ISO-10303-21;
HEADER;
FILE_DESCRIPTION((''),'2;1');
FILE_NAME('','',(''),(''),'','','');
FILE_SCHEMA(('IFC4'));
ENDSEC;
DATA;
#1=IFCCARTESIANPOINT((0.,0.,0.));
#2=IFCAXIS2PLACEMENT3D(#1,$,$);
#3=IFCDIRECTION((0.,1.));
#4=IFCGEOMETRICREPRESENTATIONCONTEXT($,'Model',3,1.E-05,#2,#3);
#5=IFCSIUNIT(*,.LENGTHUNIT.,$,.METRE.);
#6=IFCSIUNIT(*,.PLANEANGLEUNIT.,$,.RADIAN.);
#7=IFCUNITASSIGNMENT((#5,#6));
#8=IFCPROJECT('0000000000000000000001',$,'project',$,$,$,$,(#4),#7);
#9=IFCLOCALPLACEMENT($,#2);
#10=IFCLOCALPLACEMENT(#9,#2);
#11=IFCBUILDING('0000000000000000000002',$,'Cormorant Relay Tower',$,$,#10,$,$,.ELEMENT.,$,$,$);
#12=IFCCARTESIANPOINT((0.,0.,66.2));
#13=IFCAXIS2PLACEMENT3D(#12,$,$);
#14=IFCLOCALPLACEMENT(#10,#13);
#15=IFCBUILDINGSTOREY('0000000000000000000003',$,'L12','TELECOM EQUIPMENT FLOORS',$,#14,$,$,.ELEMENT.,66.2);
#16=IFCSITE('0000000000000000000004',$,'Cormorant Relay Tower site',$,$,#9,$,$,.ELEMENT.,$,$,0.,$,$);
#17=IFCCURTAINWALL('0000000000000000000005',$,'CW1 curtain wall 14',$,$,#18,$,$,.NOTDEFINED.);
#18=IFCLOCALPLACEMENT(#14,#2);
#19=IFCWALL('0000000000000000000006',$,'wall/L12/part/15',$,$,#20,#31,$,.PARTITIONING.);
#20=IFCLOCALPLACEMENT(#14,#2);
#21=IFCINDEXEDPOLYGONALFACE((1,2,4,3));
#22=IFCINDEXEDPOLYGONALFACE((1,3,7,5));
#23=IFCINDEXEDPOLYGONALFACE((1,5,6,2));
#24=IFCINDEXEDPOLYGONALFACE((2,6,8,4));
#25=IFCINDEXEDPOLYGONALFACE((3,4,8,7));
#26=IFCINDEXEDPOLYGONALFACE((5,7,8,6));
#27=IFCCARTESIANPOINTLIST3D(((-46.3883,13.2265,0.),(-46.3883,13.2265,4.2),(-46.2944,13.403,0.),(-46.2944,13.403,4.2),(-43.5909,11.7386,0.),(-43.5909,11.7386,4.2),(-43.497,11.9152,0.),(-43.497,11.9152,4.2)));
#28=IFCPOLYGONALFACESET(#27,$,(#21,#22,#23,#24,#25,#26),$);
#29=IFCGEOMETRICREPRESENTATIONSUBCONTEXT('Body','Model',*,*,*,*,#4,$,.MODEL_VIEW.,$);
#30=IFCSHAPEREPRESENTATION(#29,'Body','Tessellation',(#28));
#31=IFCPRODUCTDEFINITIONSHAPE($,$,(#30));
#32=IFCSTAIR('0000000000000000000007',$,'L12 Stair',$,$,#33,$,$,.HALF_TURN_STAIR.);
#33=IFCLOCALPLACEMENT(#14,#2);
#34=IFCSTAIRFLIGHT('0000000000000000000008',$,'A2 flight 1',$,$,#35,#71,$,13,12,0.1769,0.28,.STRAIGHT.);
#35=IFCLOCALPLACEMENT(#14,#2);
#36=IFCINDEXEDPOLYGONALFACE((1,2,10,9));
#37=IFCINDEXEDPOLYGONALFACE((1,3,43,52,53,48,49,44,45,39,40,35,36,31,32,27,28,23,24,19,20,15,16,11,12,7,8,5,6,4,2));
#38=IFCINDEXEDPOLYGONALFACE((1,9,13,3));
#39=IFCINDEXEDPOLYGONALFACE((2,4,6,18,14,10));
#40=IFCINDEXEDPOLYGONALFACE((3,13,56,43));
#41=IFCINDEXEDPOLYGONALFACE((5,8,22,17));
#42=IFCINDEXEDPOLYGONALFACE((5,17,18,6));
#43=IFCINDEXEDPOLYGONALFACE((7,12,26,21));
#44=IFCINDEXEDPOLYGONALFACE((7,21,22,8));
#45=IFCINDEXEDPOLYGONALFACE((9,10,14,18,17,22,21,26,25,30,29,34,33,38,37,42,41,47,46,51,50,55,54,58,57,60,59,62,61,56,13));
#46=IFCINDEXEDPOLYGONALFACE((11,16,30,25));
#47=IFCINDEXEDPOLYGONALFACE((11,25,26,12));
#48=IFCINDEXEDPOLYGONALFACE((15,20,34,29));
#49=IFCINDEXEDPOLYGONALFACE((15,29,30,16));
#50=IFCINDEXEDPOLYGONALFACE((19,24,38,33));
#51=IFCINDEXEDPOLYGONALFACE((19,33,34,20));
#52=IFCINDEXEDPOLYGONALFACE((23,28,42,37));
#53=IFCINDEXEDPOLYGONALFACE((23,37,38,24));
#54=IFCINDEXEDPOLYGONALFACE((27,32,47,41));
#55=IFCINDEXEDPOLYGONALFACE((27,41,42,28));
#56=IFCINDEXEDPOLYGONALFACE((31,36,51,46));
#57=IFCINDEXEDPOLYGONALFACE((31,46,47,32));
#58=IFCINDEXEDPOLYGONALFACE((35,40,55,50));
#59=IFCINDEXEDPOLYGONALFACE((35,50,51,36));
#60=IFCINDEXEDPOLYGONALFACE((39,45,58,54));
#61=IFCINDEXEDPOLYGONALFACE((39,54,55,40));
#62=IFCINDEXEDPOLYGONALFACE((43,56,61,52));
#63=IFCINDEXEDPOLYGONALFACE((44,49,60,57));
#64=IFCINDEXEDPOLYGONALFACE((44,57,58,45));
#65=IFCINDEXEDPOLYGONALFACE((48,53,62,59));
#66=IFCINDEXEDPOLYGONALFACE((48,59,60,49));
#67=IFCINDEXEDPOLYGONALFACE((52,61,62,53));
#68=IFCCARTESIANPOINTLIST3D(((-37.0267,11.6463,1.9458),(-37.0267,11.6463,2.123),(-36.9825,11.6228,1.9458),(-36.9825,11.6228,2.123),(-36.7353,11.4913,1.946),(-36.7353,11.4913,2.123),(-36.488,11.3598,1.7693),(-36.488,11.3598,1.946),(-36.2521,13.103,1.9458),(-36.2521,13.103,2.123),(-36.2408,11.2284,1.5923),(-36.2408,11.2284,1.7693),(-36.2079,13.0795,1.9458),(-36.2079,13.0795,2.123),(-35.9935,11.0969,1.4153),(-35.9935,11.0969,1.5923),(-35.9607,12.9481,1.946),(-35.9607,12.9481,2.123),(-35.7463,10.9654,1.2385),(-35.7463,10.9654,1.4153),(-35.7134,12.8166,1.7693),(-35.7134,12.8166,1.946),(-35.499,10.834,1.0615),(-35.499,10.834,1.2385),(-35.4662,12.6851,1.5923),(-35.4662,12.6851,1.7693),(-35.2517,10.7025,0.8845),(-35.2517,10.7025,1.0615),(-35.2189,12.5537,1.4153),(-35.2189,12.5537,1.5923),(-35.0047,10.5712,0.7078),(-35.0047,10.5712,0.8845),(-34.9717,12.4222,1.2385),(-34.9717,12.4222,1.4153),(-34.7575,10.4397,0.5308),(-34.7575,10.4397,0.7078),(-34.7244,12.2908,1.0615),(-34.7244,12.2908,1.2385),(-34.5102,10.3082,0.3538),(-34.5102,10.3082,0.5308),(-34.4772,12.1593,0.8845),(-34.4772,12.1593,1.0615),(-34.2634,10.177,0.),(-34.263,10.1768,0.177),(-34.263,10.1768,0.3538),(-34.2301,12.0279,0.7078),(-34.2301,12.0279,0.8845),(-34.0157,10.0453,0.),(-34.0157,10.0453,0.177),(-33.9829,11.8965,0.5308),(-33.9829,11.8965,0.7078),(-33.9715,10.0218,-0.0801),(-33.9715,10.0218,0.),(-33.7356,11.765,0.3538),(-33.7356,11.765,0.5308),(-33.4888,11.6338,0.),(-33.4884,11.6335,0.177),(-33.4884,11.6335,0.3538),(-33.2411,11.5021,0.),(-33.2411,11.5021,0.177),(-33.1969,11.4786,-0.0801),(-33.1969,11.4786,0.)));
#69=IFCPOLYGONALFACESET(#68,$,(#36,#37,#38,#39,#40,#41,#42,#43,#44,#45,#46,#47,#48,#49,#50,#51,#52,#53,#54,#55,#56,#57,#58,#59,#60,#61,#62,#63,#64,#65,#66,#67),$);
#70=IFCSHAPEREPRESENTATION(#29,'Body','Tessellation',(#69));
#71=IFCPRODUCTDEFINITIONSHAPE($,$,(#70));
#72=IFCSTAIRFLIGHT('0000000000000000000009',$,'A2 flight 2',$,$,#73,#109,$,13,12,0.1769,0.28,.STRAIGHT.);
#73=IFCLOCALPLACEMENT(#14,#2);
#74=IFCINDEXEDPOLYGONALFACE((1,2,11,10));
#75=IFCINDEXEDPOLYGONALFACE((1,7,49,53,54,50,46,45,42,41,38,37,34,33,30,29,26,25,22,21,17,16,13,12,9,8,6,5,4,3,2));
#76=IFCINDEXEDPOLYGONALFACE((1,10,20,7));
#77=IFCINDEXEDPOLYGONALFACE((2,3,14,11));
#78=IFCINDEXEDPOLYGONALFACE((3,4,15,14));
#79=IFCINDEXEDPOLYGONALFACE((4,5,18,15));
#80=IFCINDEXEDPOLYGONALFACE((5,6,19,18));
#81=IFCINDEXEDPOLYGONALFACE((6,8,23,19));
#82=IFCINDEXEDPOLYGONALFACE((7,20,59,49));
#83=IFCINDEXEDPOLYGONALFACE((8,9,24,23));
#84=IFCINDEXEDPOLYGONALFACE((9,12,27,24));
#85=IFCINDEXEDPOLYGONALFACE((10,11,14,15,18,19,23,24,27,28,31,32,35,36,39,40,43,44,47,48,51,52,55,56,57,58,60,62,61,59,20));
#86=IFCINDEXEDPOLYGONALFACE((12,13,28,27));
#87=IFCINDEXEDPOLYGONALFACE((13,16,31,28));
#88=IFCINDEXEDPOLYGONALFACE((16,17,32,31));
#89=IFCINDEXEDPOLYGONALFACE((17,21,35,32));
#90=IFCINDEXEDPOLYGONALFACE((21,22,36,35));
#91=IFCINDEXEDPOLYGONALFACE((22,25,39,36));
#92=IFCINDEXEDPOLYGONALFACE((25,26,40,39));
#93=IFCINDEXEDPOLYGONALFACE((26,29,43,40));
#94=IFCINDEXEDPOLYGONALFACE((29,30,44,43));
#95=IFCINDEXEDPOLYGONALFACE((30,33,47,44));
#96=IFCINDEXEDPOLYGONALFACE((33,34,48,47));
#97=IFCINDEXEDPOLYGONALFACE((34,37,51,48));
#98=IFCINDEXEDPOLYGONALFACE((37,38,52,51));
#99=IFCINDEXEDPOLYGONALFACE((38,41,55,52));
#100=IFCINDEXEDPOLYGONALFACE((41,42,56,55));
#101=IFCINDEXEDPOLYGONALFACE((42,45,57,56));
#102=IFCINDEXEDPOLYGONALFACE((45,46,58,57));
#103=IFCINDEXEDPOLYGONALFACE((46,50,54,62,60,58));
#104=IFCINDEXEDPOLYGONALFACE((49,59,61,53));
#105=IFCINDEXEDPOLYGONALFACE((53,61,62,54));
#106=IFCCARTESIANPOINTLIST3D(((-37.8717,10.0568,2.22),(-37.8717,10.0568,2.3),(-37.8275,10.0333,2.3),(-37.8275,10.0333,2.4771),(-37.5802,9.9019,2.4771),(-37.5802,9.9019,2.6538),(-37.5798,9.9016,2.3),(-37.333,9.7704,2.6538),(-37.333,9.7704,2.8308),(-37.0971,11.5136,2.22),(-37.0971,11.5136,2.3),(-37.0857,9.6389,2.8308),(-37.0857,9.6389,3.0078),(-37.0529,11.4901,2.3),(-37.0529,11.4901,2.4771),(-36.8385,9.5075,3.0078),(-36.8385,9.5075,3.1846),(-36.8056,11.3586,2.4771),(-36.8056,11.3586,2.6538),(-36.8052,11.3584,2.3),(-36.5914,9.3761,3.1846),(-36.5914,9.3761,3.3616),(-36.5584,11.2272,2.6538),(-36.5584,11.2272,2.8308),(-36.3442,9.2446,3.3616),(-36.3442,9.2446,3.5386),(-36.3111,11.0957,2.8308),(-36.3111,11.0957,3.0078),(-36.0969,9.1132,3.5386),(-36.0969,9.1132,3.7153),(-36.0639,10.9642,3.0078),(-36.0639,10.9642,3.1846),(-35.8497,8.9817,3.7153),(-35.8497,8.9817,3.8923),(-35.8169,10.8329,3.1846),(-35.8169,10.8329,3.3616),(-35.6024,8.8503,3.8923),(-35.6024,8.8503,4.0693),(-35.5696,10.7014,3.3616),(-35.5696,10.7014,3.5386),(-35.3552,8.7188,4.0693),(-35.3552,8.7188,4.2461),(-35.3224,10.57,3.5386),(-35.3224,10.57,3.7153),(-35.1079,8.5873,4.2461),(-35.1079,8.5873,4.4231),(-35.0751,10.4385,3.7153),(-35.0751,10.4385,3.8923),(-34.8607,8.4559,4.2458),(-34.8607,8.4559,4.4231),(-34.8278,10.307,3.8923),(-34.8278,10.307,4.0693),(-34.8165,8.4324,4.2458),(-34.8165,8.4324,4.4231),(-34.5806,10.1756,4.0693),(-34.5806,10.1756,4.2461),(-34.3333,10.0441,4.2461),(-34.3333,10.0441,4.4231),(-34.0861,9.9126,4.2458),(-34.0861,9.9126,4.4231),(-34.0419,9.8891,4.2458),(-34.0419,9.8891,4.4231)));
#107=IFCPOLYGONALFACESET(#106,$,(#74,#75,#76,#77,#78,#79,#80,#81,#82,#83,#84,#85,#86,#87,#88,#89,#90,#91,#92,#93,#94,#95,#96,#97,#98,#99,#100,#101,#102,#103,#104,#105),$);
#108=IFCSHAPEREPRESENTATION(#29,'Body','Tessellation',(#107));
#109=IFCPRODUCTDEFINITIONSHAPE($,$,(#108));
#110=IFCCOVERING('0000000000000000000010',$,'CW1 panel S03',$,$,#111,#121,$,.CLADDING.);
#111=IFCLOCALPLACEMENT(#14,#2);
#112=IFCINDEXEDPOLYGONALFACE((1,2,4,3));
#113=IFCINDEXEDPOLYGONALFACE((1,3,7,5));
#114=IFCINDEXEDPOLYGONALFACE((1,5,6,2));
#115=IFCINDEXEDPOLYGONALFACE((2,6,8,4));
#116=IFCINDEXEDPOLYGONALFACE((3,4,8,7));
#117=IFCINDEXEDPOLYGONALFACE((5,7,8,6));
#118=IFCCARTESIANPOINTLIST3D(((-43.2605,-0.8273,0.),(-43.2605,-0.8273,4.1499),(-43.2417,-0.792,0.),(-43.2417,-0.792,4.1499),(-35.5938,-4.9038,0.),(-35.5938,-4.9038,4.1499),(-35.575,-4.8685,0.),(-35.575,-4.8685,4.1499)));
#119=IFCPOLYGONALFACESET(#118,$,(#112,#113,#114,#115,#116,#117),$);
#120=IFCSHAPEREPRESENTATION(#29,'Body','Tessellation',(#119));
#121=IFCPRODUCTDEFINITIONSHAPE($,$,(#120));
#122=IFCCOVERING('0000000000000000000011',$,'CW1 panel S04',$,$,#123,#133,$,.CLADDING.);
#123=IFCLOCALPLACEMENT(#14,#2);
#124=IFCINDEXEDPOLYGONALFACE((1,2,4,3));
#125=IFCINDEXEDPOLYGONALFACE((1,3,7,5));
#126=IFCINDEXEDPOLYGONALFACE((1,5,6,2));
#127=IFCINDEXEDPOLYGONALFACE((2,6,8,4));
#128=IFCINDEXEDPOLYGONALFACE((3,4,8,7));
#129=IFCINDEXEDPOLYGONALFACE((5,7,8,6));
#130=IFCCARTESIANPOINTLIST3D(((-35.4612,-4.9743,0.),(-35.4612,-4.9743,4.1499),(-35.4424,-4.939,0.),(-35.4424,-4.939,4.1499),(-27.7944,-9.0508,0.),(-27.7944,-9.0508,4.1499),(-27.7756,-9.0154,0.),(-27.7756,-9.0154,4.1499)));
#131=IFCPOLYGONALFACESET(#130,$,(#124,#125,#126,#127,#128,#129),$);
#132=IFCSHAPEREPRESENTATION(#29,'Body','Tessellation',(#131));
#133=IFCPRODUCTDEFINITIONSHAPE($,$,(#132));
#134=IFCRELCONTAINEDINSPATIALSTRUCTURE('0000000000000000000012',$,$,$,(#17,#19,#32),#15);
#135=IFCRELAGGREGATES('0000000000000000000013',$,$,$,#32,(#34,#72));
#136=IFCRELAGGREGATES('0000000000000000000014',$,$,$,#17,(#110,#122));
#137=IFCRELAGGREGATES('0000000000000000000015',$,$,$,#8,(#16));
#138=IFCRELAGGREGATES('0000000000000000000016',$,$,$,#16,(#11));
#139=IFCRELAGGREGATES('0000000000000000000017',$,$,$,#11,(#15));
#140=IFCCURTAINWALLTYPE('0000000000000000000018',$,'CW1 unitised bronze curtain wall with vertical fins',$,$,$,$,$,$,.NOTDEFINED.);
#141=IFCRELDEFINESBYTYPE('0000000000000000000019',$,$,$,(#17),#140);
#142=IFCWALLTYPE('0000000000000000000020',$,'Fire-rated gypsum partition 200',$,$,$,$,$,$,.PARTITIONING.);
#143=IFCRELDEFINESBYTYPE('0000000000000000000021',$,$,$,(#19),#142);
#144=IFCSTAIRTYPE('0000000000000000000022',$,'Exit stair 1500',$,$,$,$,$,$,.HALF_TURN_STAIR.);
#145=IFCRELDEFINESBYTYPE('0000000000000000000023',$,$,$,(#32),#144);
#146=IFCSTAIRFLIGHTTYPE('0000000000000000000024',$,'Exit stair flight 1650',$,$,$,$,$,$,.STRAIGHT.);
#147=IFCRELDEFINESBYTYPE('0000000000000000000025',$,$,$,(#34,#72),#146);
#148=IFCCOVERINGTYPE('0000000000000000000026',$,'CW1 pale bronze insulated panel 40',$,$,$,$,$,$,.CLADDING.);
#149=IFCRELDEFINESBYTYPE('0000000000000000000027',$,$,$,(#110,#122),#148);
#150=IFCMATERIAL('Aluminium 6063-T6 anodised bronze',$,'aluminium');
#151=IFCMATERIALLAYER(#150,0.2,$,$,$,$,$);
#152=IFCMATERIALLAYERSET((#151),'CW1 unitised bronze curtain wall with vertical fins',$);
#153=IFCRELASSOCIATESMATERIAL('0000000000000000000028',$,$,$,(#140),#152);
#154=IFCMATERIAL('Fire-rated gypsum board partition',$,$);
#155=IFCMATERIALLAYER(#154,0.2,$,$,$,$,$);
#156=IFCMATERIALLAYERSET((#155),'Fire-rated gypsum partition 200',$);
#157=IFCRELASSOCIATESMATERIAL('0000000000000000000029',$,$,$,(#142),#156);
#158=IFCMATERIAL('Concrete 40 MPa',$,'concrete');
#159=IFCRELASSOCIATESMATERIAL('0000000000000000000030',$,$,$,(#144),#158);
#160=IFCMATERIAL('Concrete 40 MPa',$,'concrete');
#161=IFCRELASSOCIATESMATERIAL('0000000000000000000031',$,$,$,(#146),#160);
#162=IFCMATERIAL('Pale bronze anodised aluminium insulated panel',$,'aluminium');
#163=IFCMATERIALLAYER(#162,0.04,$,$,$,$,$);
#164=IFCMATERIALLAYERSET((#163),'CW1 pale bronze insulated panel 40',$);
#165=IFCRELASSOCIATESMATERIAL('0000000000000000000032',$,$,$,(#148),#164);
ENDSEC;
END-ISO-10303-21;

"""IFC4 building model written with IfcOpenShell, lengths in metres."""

from ifc_helpers import new_model, si_unit, direction, frame, frame_2d, origin, origin_2d, place, context, subcontext, project, spatial, polyline, rectangle, outline, extrude, material, layer, layer_set, type_object, element, aggregate, save


model = new_model("IFC4")

# Units and contexts
model_context = context("Model", 3, precision=1e-05, world=origin(), true_north=direction((0.0, 1.0)))
body_context = subcontext(model_context, "Body", "Model", "MODEL_VIEW")
ifc_project = project(units=[si_unit("LENGTHUNIT", "METRE"), si_unit("PLANEANGLEUNIT", "RADIAN")], contexts=[model_context])

# Site, building, storey
site_placement = place(None, origin())
site = spatial("IfcSite", under=ifc_project, at=site_placement, Name="Cormorant Relay Tower site", CompositionType="ELEMENT", RefElevation=0.0)
building_placement = place(site_placement, origin())
building = spatial("IfcBuilding", under=site, at=building_placement, Name="Cormorant Relay Tower", CompositionType="ELEMENT")
storey_placement = place(building_placement, frame((0.0, 0.0, 66.2)))
storey = spatial("IfcBuildingStorey", under=building, at=storey_placement, Name="L12", Description="TELECOM EQUIPMENT FLOORS", CompositionType="ELEMENT", Elevation=66.2)

# Curtain wall
ifc_material_1 = material(Name="Aluminium 6063-T6 anodised bronze", Category="aluminium")
ifc_layer_1 = layer(ifc_material_1, 0.2)
ifc_layer_set_1 = layer_set([ifc_layer_1], Name="CW1 unitised bronze curtain wall with vertical fins")
curtain_wall_type = type_object("IfcCurtainWallType", Name="CW1 unitised bronze curtain wall with vertical fins", PredefinedType="NOTDEFINED", material=ifc_layer_set_1)
curtain_wall_placement = place(storey_placement, origin())
curtain_wall = element("IfcCurtainWall", 1, at=curtain_wall_placement, inside=storey, type_object=curtain_wall_type, Name="CW1 curtain wall 14", PredefinedType="NOTDEFINED")

# Wall
ifc_material_2 = material(Name="Fire-rated gypsum board partition")
ifc_layer_2 = layer(ifc_material_2, 0.2)
ifc_layer_set_2 = layer_set([ifc_layer_2], Name="Fire-rated gypsum partition 200")
wall_type_1 = type_object("IfcWallType", Name="Fire-rated gypsum partition 200", PredefinedType="PARTITIONING", material=ifc_layer_set_2)
wall_1_placement = place(storey_placement, frame((-43.5439, 11.8269, 0.0), z_axis=(0.0, 0.0, 1.0), x_axis=(-0.882894, 0.469572, 0.0)))
element("IfcWall", 2, at=wall_1_placement, inside=storey, type_object=wall_type_1, Name="wall/L12/part/15", PredefinedType="PARTITIONING", context=body_context, shape_type="SweptSolid", body=[
    extrude(rectangle(XDim=3.1685, YDim=0.2, at=frame_2d((1.5842, 0.0))), origin(), (0.0, 0.0, 1.0), 4.2),
])

# Stair, stair flights
ifc_material_3 = material(Name="Concrete 40 MPa", Category="concrete")
stair_type = type_object("IfcStairType", Name="Exit stair 1500", PredefinedType="HALF_TURN_STAIR", material=ifc_material_3)
stair_placement = place(storey_placement, origin())
stair = element("IfcStair", 3, at=stair_placement, inside=storey, type_object=stair_type, Name="L12 Stair", PredefinedType="HALF_TURN_STAIR")
ifc_material_4 = material(Name="Concrete 40 MPa", Category="concrete")
stair_flight_type = type_object("IfcStairFlightType", Name="Exit stair flight 1650", PredefinedType="STRAIGHT", material=ifc_material_4)
stair_flight_1_placement = place(storey_placement, frame((-33.6284, 10.7737, 0.0), z_axis=(0.0, 0.0, 1.0), x_axis=(-0.882948, 0.469472, 0.0)))
stair_flight_1 = element("IfcStairFlight", 4, at=stair_flight_1_placement, type_object=stair_flight_type, Name="A2 flight 1", NumberOfRisers=13, NumberOfTreads=12, PredefinedType="STRAIGHT", RiserHeight=0.1769, TreadLength=0.28, context=body_context, shape_type="SweptSolid", body=[
    extrude(outline(polyline([(-0.05, -0.0801), (-0.05, 0.0), (0.0, 0.0), (0.0, 0.177), (0.28, 0.177), (0.28, 0.3538), (0.5601, 0.3538), (0.5601, 0.5308), (0.8401, 0.5308), (0.8401, 0.7078), (1.1201, 0.7078), (1.1201, 0.8845), (1.3999, 0.8845), (1.3999, 1.0615), (1.6799, 1.0615), (1.6799, 1.2385), (1.96, 1.2385), (1.96, 1.4153), (2.24, 1.4153), (2.24, 1.5923), (2.52, 1.5923), (2.52, 1.7693), (2.8, 1.7693), (2.8, 1.946), (3.0801, 1.946), (3.0801, 2.123), (3.3601, 2.123), (3.4102, 2.123), (3.4102, 1.9458), (3.3601, 1.9458), (0.2805, 0.0), (-0.05, -0.0801)])), frame((0.0, 0.825, 0.0), z_axis=(0.0, -1.0, 0.0), x_axis=(1.0, 0.0, 0.0)), (0.0, 0.0, 1.0), 1.6499),
])
stair_flight_2_placement = place(storey_placement, frame((-37.4402, 10.7617, 2.3), z_axis=(0.0, 0.0, 1.0), x_axis=(0.882948, -0.469472, 0.0)))
stair_flight_2 = element("IfcStairFlight", 5, at=stair_flight_2_placement, type_object=stair_flight_type, Name="A2 flight 2", NumberOfRisers=13, NumberOfTreads=12, PredefinedType="STRAIGHT", RiserHeight=0.1769, TreadLength=0.28, context=body_context, shape_type="SweptSolid", body=[
    extrude(outline(polyline([(-0.05, -0.0801), (-0.05, 0.0), (0.0, 0.0), (0.0, 0.177), (0.28, 0.177), (0.28, 0.3538), (0.5601, 0.3538), (0.5601, 0.5308), (0.8401, 0.5308), (0.8401, 0.7078), (1.1201, 0.7078), (1.1201, 0.8845), (1.3999, 0.8845), (1.3999, 1.0615), (1.6799, 1.0615), (1.6799, 1.2385), (1.96, 1.2385), (1.96, 1.4153), (2.24, 1.4153), (2.24, 1.5923), (2.52, 1.5923), (2.52, 1.7693), (2.8, 1.7693), (2.8, 1.946), (3.0801, 1.946), (3.0801, 2.123), (3.3601, 2.123), (3.4102, 2.123), (3.4102, 1.9458), (3.3601, 1.9458), (0.2805, 0.0), (-0.05, -0.0801)])), frame((0.0, 0.825, 0.0), z_axis=(0.0, -1.0, 0.0), x_axis=(1.0, 0.0, 0.0)), (0.0, 0.0, 1.0), 1.6499),
])
aggregate(stair, [stair_flight_1, stair_flight_2])

# Coverings
ifc_material_5 = material(Name="Pale bronze anodised aluminium insulated panel", Category="aluminium")
ifc_layer_3 = layer(ifc_material_5, 0.04)
ifc_layer_set_3 = layer_set([ifc_layer_3], Name="CW1 pale bronze insulated panel 40")
covering_type = type_object("IfcCoveringType", Name="CW1 pale bronze insulated panel 40", PredefinedType="CLADDING", material=ifc_layer_set_3)
covering_1_placement = place(storey_placement, frame((-39.4177, -2.8479, 0.0), z_axis=(0.0, 0.0, 1.0), x_axis=(0.882948, -0.469472, 0.0)))
covering_1 = element("IfcCovering", 6, at=covering_1_placement, type_object=covering_type, Name="CW1 panel S03", PredefinedType="CLADDING", context=body_context, shape_type="SweptSolid", body=[
    extrude(rectangle(XDim=8.6831, YDim=0.04, at=origin_2d()), origin(), (0.0, 0.0, 1.0), 4.1499),
])
covering_2_placement = place(storey_placement, frame((-31.6184, -6.9949, 0.0), z_axis=(0.0, 0.0, 1.0), x_axis=(0.882948, -0.469472, 0.0)))
covering_2 = element("IfcCovering", 7, at=covering_2_placement, type_object=covering_type, Name="CW1 panel S04", PredefinedType="CLADDING", context=body_context, shape_type="SweptSolid", body=[
    extrude(rectangle(XDim=8.6831, YDim=0.04, at=origin_2d()), origin(), (0.0, 0.0, 1.0), 4.1499),
])
aggregate(curtain_wall, [covering_1, covering_2])

save(model, "model.ifc")
